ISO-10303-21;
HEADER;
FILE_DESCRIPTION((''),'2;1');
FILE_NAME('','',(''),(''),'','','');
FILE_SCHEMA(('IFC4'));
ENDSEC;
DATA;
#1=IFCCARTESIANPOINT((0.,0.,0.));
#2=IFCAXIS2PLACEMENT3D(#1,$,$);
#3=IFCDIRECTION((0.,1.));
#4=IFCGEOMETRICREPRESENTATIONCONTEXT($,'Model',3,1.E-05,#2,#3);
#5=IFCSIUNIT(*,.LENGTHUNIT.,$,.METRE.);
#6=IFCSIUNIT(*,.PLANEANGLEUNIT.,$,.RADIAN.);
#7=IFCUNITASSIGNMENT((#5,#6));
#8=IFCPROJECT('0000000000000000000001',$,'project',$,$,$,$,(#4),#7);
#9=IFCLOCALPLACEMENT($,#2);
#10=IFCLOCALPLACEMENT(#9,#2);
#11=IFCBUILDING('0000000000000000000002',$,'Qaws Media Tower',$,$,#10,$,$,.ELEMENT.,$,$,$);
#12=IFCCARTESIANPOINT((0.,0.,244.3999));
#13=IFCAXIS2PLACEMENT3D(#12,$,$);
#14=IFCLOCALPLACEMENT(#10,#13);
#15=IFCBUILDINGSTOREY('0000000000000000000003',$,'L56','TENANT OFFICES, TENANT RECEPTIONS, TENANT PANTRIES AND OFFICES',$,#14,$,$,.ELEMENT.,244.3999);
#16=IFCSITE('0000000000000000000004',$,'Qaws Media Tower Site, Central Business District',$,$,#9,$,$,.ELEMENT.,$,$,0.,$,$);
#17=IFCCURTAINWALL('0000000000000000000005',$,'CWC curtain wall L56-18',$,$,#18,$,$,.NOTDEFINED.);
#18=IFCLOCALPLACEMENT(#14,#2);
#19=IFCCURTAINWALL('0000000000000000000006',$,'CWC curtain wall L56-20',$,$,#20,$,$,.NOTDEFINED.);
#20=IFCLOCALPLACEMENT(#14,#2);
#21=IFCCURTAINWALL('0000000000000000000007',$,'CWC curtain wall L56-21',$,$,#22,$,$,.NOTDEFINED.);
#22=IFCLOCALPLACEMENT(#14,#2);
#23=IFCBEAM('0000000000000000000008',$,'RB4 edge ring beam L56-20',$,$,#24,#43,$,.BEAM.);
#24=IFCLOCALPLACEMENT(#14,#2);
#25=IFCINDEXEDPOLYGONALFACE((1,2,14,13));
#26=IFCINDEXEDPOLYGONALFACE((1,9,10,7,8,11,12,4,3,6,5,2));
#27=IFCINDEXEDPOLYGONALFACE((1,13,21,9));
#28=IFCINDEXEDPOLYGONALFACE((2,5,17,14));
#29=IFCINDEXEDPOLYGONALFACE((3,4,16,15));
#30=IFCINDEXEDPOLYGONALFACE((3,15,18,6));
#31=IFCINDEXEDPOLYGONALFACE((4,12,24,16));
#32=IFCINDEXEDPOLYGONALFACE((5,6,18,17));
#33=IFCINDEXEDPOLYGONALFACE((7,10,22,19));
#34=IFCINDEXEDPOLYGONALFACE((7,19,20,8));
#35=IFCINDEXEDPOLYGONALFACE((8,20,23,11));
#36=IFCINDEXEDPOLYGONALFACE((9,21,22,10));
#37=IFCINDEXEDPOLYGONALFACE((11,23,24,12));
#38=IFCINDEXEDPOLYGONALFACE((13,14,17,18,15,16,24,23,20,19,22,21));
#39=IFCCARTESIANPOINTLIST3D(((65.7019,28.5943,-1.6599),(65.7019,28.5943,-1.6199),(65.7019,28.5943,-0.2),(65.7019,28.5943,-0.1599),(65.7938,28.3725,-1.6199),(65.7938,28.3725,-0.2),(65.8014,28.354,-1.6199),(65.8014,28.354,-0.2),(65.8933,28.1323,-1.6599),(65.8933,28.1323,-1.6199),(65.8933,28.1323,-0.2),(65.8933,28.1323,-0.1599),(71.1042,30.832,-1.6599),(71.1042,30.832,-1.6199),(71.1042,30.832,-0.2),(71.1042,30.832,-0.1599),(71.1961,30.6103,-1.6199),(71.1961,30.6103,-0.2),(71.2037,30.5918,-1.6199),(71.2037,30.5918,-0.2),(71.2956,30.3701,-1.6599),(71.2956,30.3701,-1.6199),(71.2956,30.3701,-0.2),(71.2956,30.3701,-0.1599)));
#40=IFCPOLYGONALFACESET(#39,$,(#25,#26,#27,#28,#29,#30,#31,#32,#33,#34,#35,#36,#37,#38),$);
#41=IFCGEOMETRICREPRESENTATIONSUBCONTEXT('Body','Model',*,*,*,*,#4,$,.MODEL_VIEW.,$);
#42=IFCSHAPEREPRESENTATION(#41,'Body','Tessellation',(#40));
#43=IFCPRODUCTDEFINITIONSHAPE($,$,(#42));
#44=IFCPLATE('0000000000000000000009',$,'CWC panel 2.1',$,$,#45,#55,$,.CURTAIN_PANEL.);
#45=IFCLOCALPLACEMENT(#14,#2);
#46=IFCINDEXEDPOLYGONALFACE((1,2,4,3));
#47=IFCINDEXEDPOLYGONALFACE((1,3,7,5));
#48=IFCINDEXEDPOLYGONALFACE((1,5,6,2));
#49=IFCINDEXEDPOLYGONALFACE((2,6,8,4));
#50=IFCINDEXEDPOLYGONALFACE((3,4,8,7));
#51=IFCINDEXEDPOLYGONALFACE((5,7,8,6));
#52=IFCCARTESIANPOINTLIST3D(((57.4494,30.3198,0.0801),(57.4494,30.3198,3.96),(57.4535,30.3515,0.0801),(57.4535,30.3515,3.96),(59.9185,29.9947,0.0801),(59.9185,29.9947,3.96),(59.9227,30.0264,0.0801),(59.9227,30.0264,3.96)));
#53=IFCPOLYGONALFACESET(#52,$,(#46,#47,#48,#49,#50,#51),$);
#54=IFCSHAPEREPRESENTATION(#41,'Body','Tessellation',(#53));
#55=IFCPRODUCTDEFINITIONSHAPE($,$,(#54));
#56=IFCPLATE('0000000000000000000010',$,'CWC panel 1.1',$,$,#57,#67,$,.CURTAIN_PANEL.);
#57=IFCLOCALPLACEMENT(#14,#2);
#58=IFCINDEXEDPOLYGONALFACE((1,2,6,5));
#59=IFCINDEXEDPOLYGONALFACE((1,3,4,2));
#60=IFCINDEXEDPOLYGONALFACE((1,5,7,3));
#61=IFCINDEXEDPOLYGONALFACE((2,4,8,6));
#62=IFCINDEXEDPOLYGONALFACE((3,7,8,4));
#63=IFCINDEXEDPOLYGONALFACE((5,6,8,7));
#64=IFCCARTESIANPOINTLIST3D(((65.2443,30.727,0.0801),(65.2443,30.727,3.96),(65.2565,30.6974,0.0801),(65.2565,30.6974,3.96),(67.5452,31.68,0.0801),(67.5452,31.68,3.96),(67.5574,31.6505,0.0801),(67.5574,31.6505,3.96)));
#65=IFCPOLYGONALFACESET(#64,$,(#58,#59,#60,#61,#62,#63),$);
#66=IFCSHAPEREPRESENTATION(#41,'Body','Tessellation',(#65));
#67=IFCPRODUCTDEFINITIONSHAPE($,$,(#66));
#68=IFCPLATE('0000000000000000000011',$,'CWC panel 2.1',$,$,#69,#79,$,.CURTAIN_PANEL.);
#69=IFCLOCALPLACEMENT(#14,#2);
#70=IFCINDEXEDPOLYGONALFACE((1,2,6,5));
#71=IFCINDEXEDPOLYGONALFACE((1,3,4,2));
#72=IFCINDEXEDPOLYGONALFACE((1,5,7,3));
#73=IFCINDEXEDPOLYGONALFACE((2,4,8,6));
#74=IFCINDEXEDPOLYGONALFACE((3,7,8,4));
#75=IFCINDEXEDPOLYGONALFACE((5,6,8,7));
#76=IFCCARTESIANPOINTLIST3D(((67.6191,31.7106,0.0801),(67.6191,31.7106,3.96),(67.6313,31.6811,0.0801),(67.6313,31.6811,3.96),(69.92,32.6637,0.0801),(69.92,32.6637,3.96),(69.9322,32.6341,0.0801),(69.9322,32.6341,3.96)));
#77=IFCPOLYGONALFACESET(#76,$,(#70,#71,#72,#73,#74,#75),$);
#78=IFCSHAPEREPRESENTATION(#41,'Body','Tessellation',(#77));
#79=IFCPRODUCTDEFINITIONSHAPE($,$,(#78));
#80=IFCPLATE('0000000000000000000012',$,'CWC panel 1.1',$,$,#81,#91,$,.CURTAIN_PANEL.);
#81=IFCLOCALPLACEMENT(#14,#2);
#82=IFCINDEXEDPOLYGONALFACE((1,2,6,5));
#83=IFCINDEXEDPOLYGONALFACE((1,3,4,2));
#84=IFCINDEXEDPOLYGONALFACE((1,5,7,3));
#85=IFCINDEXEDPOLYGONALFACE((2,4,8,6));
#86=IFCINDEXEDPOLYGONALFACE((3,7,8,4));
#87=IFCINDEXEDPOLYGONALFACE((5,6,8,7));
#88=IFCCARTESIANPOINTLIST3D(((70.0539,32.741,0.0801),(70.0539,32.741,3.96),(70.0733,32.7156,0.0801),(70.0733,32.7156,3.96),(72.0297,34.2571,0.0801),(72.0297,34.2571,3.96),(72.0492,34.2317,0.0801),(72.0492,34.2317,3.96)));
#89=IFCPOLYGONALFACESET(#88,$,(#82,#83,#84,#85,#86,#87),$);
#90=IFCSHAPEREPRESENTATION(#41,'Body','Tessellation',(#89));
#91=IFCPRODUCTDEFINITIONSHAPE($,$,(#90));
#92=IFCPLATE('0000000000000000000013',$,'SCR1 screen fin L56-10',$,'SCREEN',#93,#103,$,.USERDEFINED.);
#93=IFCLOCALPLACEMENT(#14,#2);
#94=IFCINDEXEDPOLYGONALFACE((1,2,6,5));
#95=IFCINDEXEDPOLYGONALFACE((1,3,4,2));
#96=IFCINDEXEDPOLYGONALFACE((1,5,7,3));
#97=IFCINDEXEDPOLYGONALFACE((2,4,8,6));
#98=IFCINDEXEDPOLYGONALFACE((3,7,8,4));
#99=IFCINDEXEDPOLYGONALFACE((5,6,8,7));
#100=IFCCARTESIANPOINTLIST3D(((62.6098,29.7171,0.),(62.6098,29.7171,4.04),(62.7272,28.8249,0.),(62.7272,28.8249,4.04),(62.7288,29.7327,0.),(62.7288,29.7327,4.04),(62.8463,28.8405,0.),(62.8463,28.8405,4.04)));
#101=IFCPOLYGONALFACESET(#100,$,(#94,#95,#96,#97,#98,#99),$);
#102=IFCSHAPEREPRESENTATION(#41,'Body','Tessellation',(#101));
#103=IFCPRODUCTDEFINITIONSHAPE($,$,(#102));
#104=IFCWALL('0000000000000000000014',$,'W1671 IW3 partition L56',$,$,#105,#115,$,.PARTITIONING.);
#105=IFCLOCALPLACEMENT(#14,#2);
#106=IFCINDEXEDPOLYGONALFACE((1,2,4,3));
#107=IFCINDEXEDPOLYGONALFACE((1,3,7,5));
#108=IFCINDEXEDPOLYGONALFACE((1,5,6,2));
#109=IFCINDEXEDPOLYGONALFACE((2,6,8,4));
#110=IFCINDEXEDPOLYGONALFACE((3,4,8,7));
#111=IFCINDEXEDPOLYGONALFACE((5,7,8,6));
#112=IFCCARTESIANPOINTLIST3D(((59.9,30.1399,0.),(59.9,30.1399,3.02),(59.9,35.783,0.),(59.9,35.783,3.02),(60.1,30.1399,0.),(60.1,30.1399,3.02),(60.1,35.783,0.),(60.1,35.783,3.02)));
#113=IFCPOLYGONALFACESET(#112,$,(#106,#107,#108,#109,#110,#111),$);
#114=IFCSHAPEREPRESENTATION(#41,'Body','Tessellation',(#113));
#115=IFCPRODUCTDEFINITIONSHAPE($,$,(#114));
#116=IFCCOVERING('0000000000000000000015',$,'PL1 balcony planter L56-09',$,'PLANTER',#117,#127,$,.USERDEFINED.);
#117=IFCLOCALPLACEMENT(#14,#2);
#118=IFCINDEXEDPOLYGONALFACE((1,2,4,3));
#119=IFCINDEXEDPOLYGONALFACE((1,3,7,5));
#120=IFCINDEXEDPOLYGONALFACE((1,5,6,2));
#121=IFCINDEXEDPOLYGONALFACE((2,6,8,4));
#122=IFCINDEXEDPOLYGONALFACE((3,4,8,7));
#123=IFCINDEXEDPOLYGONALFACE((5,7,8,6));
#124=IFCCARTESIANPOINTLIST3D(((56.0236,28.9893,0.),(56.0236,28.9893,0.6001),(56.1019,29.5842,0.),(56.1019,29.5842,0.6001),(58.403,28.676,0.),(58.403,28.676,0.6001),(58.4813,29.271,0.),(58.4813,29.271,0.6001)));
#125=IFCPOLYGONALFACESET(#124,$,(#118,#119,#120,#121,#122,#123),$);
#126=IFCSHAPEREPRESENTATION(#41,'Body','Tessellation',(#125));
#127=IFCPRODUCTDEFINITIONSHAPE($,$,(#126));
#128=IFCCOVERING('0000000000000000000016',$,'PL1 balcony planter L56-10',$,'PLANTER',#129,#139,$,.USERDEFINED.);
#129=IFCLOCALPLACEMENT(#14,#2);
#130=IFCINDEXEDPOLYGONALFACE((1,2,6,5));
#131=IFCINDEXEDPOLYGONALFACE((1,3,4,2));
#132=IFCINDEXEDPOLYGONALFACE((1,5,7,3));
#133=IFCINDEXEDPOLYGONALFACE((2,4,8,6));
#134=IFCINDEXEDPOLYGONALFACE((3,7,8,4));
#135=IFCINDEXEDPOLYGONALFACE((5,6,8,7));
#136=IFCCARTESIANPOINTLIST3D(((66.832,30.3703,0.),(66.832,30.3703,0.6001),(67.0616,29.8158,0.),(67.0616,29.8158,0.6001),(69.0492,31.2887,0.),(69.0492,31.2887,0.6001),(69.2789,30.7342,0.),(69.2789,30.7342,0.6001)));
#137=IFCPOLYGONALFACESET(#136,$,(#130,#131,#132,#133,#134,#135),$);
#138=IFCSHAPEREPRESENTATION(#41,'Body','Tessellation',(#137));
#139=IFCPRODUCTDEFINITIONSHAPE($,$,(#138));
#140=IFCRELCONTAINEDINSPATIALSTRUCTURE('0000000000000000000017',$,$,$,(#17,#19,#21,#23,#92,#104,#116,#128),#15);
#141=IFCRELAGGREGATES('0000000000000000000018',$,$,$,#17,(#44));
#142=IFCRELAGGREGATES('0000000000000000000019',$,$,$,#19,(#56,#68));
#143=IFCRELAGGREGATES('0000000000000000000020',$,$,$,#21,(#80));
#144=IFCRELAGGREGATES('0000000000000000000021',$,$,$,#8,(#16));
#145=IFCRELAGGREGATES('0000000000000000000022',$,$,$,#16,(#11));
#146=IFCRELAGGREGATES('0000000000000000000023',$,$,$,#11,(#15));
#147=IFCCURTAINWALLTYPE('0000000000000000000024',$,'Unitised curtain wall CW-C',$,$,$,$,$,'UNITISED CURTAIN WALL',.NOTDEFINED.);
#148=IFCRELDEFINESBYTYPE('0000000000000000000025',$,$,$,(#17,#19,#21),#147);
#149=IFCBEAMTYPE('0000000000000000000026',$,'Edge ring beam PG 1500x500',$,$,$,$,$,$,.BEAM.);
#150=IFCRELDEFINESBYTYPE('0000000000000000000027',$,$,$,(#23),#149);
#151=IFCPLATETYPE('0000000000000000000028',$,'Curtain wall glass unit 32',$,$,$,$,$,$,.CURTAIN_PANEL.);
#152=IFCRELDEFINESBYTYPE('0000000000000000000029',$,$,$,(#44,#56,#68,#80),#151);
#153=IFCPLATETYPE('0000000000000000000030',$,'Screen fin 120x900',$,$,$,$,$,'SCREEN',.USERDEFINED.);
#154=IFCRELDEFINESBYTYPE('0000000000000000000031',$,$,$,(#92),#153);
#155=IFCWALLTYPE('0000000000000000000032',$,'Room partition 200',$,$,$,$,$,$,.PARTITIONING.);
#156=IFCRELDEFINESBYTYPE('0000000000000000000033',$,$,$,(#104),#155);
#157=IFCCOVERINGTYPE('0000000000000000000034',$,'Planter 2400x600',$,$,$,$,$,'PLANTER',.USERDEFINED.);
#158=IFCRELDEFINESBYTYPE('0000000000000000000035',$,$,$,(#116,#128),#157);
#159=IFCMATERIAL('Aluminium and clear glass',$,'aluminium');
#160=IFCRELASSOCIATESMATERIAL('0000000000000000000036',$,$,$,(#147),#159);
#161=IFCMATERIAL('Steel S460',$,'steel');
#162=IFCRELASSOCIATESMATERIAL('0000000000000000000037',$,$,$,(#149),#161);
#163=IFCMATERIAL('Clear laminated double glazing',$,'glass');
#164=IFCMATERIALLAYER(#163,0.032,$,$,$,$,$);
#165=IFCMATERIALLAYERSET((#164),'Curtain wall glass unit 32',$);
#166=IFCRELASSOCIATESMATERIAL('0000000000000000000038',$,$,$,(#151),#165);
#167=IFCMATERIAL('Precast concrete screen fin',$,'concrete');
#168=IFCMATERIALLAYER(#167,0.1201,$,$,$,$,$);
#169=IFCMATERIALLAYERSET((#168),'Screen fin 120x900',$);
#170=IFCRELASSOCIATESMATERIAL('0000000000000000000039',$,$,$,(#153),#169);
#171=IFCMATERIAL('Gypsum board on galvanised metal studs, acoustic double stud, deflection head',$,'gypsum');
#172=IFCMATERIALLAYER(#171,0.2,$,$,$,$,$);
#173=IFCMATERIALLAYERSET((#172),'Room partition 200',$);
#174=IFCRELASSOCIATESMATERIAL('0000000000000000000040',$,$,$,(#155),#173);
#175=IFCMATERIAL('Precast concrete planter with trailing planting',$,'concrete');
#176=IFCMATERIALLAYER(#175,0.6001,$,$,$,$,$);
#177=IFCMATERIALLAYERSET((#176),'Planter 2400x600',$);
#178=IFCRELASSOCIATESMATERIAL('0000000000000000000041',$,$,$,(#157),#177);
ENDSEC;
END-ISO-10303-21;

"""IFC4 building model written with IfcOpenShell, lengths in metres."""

from ifc_helpers import new_model, si_unit, direction, frame, frame_2d, origin, origin_2d, place, context, subcontext, project, spatial, rectangle, i_section, extrude, material, layer, layer_set, material_profile, profile_set, type_object, element, aggregate, save


model = new_model("IFC4")

# Units and contexts
model_context = context("Model", 3, precision=1e-05, world=origin(), true_north=direction((0.0, 1.0)))
body_context = subcontext(model_context, "Body", "Model", "MODEL_VIEW")
ifc_project = project(units=[si_unit("LENGTHUNIT", "METRE"), si_unit("PLANEANGLEUNIT", "RADIAN")], contexts=[model_context])

# Site, building, storey
site_placement = place(None, origin())
site = spatial("IfcSite", under=ifc_project, at=site_placement, Name="Qaws Media Tower Site, Central Business District", CompositionType="ELEMENT", RefElevation=0.0)
building_placement = place(site_placement, origin())
building = spatial("IfcBuilding", under=site, at=building_placement, Name="Qaws Media Tower", CompositionType="ELEMENT")
storey_placement = place(building_placement, frame((0.0, 0.0, 244.3999)))
storey = spatial("IfcBuildingStorey", under=building, at=storey_placement, Name="L56", Description="TENANT OFFICES, TENANT RECEPTIONS, TENANT PANTRIES AND OFFICES", CompositionType="ELEMENT", Elevation=244.3999)

# Curtain walls
ifc_material_1 = material(Name="Aluminium and clear glass", Category="aluminium")
curtain_wall_type = type_object("IfcCurtainWallType", Name="Unitised curtain wall CW-C", ElementType="UNITISED CURTAIN WALL", PredefinedType="NOTDEFINED", material=ifc_material_1)
curtain_wall_1_placement = place(storey_placement, origin())
curtain_wall_1 = element("IfcCurtainWall", 1, at=curtain_wall_1_placement, inside=storey, type_object=curtain_wall_type, Name="CWC curtain wall L56-18", PredefinedType="NOTDEFINED")
curtain_wall_2_placement = place(storey_placement, origin())
curtain_wall_2 = element("IfcCurtainWall", 2, at=curtain_wall_2_placement, inside=storey, type_object=curtain_wall_type, Name="CWC curtain wall L56-20", PredefinedType="NOTDEFINED")

# Curtain wall
curtain_wall_3_placement = place(storey_placement, origin())
curtain_wall_3 = element("IfcCurtainWall", 3, at=curtain_wall_3_placement, inside=storey, type_object=curtain_wall_type, Name="CWC curtain wall L56-21", PredefinedType="NOTDEFINED")

# Beam
ifc_material_2 = material(Name="Steel S460", Category="steel")
ifc_material_profile_1 = material_profile(ifc_material_2, i_section(OverallWidth=0.5, OverallDepth=1.5, WebThickness=0.02, FlangeThickness=0.04, at=origin_2d()), Name="PG 1500x500")
ifc_profile_set_1 = profile_set([ifc_material_profile_1], Name="Steel S460")
beam_type = type_object("IfcBeamType", Name="Edge ring beam PG 1500x500", PredefinedType="BEAM", material=ifc_profile_set_1)
beam_1_placement = place(storey_placement, frame((65.7976, 28.3633, -0.9099), z_axis=(0.923875, 0.382693, 0.0), x_axis=(-0.382693, 0.923875, 0.0)))
element("IfcBeam", 4, at=beam_1_placement, inside=storey, type_object=beam_type, Name="RB4 edge ring beam L56-20", PredefinedType="BEAM", context=body_context, shape_type="SweptSolid", body=[
    extrude(i_section(OverallWidth=0.5, OverallDepth=1.5, WebThickness=0.02, FlangeThickness=0.04, at=origin_2d()), origin(), (0.0, 0.0, 1.0), 5.8474),
])

# Plates
ifc_material_3 = material(Name="Clear laminated double glazing", Category="glass")
ifc_layer_1 = layer(ifc_material_3, 0.032)
ifc_layer_set_1 = layer_set([ifc_layer_1], Name="Curtain wall glass unit 32")
plate_type_1 = type_object("IfcPlateType", Name="Curtain wall glass unit 32", PredefinedType="CURTAIN_PANEL", material=ifc_layer_set_1)
plate_1_placement = place(storey_placement, frame((58.686, 30.1731, 0.0801), z_axis=(0.0, 0.0, 1.0), x_axis=(0.991445, -0.130526, 0.0)))
plate_1 = element("IfcPlate", 5, at=plate_1_placement, type_object=plate_type_1, Name="CWC panel 2.1", PredefinedType="CURTAIN_PANEL", context=body_context, shape_type="SweptSolid", body=[
    extrude(rectangle(XDim=2.4905, YDim=0.032, at=origin_2d()), origin(), (0.0, 0.0, 1.0), 3.8799),
])
aggregate(curtain_wall_1, [plate_1])
plate_2_placement = place(storey_placement, frame((66.4009, 31.1887, 0.0801), z_axis=(0.0, 0.0, 1.0), x_axis=(0.923879, 0.382684, 0.0)))
plate_2 = element("IfcPlate", 6, at=plate_2_placement, type_object=plate_type_1, Name="CWC panel 1.1", PredefinedType="CURTAIN_PANEL", context=body_context, shape_type="SweptSolid", body=[
    extrude(rectangle(XDim=2.4905, YDim=0.032, at=origin_2d()), origin(), (0.0, 0.0, 1.0), 3.8799),
])
plate_3_placement = place(storey_placement, frame((68.7756, 32.1724, 0.0801), z_axis=(0.0, 0.0, 1.0), x_axis=(0.923879, 0.382684, 0.0)))
plate_3 = element("IfcPlate", 7, at=plate_3_placement, type_object=plate_type_1, Name="CWC panel 2.1", PredefinedType="CURTAIN_PANEL", context=body_context, shape_type="SweptSolid", body=[
    extrude(rectangle(XDim=2.4905, YDim=0.032, at=origin_2d()), origin(), (0.0, 0.0, 1.0), 3.8799),
])
aggregate(curtain_wall_2, [plate_2, plate_3])
plate_4_placement = place(storey_placement, frame((71.0515, 33.4863, 0.0801), z_axis=(0.0, 0.0, 1.0), x_axis=(0.793353, 0.608761, 0.0)))
plate_4 = element("IfcPlate", 8, at=plate_4_placement, type_object=plate_type_1, Name="CWC panel 1.1", PredefinedType="CURTAIN_PANEL", context=body_context, shape_type="SweptSolid", body=[
    extrude(rectangle(XDim=2.4905, YDim=0.032, at=origin_2d()), origin(), (0.0, 0.0, 1.0), 3.8799),
])
aggregate(curtain_wall_3, [plate_4])
ifc_material_4 = material(Name="Precast concrete screen fin", Category="concrete")
ifc_layer_2 = layer(ifc_material_4, 0.1201)
ifc_layer_set_2 = layer_set([ifc_layer_2], Name="Screen fin 120x900")
plate_type_2 = type_object("IfcPlateType", Name="Screen fin 120x900", ElementType="SCREEN", PredefinedType="USERDEFINED", material=ifc_layer_set_2)
plate_5_placement = place(storey_placement, frame((62.728, 29.2788, 0.0), z_axis=(0.0, 0.0, 1.0), x_axis=(0.130526, -0.991445, 0.0)))
element("IfcPlate", 9, at=plate_5_placement, inside=storey, type_object=plate_type_2, Name="SCR1 screen fin L56-10", ObjectType="SCREEN", PredefinedType="USERDEFINED", context=body_context, shape_type="SweptSolid", body=[
    extrude(rectangle(XDim=0.8999, YDim=0.1201, at=origin_2d()), origin(), (0.0, 0.0, 1.0), 4.04),
])

# Wall
ifc_material_5 = material(Name="Gypsum board on galvanised metal studs, acoustic double stud, deflection head", Category="gypsum")
ifc_layer_3 = layer(ifc_material_5, 0.2)
ifc_layer_set_3 = layer_set([ifc_layer_3], Name="Room partition 200")
wall_type_1 = type_object("IfcWallType", Name="Room partition 200", PredefinedType="PARTITIONING", material=ifc_layer_set_3)
wall_1_placement = place(storey_placement, frame((60.0, 35.783, 0.0), z_axis=(0.0, 0.0, 1.0), x_axis=(0.0, -1.0, 0.0)))
element("IfcWall", 10, at=wall_1_placement, inside=storey, type_object=wall_type_1, Name="W1671 IW3 partition L56", PredefinedType="PARTITIONING", context=body_context, shape_type="SweptSolid", body=[
    extrude(rectangle(XDim=5.6431, YDim=0.2, at=frame_2d((2.8215, 0.0))), origin(), (0.0, 0.0, 1.0), 3.02),
])

# Coverings
ifc_material_6 = material(Name="Precast concrete planter with trailing planting", Category="concrete")
ifc_layer_4 = layer(ifc_material_6, 0.6001)
ifc_layer_set_4 = layer_set([ifc_layer_4], Name="Planter 2400x600")
covering_type = type_object("IfcCoveringType", Name="Planter 2400x600", ElementType="PLANTER", PredefinedType="USERDEFINED", material=ifc_layer_set_4)
for number, where, z_axis, x_axis, name in (
    (11, (57.2524, 29.1301, 0.0), (0.0, 0.0, 1.0), (0.991445, -0.130526, 0.0), "PL1 balcony planter L56-09"),
    (12, (68.0554, 30.5522, 0.0), (0.0, 0.0, 1.0), (0.92388, 0.382683, 0.0), "PL1 balcony planter L56-10"),
):
    element("IfcCovering", number, at=place(storey_placement, frame(where, z_axis=z_axis, x_axis=x_axis)), inside=storey, type_object=covering_type, Name=name, ObjectType="PLANTER", PredefinedType="USERDEFINED", context=body_context, shape_type="SweptSolid", body=[
        extrude(rectangle(XDim=2.3999, YDim=0.6001, at=origin_2d()), origin(), (0.0, 0.0, 1.0), 0.6001),
    ])

save(model, "model.ifc")
